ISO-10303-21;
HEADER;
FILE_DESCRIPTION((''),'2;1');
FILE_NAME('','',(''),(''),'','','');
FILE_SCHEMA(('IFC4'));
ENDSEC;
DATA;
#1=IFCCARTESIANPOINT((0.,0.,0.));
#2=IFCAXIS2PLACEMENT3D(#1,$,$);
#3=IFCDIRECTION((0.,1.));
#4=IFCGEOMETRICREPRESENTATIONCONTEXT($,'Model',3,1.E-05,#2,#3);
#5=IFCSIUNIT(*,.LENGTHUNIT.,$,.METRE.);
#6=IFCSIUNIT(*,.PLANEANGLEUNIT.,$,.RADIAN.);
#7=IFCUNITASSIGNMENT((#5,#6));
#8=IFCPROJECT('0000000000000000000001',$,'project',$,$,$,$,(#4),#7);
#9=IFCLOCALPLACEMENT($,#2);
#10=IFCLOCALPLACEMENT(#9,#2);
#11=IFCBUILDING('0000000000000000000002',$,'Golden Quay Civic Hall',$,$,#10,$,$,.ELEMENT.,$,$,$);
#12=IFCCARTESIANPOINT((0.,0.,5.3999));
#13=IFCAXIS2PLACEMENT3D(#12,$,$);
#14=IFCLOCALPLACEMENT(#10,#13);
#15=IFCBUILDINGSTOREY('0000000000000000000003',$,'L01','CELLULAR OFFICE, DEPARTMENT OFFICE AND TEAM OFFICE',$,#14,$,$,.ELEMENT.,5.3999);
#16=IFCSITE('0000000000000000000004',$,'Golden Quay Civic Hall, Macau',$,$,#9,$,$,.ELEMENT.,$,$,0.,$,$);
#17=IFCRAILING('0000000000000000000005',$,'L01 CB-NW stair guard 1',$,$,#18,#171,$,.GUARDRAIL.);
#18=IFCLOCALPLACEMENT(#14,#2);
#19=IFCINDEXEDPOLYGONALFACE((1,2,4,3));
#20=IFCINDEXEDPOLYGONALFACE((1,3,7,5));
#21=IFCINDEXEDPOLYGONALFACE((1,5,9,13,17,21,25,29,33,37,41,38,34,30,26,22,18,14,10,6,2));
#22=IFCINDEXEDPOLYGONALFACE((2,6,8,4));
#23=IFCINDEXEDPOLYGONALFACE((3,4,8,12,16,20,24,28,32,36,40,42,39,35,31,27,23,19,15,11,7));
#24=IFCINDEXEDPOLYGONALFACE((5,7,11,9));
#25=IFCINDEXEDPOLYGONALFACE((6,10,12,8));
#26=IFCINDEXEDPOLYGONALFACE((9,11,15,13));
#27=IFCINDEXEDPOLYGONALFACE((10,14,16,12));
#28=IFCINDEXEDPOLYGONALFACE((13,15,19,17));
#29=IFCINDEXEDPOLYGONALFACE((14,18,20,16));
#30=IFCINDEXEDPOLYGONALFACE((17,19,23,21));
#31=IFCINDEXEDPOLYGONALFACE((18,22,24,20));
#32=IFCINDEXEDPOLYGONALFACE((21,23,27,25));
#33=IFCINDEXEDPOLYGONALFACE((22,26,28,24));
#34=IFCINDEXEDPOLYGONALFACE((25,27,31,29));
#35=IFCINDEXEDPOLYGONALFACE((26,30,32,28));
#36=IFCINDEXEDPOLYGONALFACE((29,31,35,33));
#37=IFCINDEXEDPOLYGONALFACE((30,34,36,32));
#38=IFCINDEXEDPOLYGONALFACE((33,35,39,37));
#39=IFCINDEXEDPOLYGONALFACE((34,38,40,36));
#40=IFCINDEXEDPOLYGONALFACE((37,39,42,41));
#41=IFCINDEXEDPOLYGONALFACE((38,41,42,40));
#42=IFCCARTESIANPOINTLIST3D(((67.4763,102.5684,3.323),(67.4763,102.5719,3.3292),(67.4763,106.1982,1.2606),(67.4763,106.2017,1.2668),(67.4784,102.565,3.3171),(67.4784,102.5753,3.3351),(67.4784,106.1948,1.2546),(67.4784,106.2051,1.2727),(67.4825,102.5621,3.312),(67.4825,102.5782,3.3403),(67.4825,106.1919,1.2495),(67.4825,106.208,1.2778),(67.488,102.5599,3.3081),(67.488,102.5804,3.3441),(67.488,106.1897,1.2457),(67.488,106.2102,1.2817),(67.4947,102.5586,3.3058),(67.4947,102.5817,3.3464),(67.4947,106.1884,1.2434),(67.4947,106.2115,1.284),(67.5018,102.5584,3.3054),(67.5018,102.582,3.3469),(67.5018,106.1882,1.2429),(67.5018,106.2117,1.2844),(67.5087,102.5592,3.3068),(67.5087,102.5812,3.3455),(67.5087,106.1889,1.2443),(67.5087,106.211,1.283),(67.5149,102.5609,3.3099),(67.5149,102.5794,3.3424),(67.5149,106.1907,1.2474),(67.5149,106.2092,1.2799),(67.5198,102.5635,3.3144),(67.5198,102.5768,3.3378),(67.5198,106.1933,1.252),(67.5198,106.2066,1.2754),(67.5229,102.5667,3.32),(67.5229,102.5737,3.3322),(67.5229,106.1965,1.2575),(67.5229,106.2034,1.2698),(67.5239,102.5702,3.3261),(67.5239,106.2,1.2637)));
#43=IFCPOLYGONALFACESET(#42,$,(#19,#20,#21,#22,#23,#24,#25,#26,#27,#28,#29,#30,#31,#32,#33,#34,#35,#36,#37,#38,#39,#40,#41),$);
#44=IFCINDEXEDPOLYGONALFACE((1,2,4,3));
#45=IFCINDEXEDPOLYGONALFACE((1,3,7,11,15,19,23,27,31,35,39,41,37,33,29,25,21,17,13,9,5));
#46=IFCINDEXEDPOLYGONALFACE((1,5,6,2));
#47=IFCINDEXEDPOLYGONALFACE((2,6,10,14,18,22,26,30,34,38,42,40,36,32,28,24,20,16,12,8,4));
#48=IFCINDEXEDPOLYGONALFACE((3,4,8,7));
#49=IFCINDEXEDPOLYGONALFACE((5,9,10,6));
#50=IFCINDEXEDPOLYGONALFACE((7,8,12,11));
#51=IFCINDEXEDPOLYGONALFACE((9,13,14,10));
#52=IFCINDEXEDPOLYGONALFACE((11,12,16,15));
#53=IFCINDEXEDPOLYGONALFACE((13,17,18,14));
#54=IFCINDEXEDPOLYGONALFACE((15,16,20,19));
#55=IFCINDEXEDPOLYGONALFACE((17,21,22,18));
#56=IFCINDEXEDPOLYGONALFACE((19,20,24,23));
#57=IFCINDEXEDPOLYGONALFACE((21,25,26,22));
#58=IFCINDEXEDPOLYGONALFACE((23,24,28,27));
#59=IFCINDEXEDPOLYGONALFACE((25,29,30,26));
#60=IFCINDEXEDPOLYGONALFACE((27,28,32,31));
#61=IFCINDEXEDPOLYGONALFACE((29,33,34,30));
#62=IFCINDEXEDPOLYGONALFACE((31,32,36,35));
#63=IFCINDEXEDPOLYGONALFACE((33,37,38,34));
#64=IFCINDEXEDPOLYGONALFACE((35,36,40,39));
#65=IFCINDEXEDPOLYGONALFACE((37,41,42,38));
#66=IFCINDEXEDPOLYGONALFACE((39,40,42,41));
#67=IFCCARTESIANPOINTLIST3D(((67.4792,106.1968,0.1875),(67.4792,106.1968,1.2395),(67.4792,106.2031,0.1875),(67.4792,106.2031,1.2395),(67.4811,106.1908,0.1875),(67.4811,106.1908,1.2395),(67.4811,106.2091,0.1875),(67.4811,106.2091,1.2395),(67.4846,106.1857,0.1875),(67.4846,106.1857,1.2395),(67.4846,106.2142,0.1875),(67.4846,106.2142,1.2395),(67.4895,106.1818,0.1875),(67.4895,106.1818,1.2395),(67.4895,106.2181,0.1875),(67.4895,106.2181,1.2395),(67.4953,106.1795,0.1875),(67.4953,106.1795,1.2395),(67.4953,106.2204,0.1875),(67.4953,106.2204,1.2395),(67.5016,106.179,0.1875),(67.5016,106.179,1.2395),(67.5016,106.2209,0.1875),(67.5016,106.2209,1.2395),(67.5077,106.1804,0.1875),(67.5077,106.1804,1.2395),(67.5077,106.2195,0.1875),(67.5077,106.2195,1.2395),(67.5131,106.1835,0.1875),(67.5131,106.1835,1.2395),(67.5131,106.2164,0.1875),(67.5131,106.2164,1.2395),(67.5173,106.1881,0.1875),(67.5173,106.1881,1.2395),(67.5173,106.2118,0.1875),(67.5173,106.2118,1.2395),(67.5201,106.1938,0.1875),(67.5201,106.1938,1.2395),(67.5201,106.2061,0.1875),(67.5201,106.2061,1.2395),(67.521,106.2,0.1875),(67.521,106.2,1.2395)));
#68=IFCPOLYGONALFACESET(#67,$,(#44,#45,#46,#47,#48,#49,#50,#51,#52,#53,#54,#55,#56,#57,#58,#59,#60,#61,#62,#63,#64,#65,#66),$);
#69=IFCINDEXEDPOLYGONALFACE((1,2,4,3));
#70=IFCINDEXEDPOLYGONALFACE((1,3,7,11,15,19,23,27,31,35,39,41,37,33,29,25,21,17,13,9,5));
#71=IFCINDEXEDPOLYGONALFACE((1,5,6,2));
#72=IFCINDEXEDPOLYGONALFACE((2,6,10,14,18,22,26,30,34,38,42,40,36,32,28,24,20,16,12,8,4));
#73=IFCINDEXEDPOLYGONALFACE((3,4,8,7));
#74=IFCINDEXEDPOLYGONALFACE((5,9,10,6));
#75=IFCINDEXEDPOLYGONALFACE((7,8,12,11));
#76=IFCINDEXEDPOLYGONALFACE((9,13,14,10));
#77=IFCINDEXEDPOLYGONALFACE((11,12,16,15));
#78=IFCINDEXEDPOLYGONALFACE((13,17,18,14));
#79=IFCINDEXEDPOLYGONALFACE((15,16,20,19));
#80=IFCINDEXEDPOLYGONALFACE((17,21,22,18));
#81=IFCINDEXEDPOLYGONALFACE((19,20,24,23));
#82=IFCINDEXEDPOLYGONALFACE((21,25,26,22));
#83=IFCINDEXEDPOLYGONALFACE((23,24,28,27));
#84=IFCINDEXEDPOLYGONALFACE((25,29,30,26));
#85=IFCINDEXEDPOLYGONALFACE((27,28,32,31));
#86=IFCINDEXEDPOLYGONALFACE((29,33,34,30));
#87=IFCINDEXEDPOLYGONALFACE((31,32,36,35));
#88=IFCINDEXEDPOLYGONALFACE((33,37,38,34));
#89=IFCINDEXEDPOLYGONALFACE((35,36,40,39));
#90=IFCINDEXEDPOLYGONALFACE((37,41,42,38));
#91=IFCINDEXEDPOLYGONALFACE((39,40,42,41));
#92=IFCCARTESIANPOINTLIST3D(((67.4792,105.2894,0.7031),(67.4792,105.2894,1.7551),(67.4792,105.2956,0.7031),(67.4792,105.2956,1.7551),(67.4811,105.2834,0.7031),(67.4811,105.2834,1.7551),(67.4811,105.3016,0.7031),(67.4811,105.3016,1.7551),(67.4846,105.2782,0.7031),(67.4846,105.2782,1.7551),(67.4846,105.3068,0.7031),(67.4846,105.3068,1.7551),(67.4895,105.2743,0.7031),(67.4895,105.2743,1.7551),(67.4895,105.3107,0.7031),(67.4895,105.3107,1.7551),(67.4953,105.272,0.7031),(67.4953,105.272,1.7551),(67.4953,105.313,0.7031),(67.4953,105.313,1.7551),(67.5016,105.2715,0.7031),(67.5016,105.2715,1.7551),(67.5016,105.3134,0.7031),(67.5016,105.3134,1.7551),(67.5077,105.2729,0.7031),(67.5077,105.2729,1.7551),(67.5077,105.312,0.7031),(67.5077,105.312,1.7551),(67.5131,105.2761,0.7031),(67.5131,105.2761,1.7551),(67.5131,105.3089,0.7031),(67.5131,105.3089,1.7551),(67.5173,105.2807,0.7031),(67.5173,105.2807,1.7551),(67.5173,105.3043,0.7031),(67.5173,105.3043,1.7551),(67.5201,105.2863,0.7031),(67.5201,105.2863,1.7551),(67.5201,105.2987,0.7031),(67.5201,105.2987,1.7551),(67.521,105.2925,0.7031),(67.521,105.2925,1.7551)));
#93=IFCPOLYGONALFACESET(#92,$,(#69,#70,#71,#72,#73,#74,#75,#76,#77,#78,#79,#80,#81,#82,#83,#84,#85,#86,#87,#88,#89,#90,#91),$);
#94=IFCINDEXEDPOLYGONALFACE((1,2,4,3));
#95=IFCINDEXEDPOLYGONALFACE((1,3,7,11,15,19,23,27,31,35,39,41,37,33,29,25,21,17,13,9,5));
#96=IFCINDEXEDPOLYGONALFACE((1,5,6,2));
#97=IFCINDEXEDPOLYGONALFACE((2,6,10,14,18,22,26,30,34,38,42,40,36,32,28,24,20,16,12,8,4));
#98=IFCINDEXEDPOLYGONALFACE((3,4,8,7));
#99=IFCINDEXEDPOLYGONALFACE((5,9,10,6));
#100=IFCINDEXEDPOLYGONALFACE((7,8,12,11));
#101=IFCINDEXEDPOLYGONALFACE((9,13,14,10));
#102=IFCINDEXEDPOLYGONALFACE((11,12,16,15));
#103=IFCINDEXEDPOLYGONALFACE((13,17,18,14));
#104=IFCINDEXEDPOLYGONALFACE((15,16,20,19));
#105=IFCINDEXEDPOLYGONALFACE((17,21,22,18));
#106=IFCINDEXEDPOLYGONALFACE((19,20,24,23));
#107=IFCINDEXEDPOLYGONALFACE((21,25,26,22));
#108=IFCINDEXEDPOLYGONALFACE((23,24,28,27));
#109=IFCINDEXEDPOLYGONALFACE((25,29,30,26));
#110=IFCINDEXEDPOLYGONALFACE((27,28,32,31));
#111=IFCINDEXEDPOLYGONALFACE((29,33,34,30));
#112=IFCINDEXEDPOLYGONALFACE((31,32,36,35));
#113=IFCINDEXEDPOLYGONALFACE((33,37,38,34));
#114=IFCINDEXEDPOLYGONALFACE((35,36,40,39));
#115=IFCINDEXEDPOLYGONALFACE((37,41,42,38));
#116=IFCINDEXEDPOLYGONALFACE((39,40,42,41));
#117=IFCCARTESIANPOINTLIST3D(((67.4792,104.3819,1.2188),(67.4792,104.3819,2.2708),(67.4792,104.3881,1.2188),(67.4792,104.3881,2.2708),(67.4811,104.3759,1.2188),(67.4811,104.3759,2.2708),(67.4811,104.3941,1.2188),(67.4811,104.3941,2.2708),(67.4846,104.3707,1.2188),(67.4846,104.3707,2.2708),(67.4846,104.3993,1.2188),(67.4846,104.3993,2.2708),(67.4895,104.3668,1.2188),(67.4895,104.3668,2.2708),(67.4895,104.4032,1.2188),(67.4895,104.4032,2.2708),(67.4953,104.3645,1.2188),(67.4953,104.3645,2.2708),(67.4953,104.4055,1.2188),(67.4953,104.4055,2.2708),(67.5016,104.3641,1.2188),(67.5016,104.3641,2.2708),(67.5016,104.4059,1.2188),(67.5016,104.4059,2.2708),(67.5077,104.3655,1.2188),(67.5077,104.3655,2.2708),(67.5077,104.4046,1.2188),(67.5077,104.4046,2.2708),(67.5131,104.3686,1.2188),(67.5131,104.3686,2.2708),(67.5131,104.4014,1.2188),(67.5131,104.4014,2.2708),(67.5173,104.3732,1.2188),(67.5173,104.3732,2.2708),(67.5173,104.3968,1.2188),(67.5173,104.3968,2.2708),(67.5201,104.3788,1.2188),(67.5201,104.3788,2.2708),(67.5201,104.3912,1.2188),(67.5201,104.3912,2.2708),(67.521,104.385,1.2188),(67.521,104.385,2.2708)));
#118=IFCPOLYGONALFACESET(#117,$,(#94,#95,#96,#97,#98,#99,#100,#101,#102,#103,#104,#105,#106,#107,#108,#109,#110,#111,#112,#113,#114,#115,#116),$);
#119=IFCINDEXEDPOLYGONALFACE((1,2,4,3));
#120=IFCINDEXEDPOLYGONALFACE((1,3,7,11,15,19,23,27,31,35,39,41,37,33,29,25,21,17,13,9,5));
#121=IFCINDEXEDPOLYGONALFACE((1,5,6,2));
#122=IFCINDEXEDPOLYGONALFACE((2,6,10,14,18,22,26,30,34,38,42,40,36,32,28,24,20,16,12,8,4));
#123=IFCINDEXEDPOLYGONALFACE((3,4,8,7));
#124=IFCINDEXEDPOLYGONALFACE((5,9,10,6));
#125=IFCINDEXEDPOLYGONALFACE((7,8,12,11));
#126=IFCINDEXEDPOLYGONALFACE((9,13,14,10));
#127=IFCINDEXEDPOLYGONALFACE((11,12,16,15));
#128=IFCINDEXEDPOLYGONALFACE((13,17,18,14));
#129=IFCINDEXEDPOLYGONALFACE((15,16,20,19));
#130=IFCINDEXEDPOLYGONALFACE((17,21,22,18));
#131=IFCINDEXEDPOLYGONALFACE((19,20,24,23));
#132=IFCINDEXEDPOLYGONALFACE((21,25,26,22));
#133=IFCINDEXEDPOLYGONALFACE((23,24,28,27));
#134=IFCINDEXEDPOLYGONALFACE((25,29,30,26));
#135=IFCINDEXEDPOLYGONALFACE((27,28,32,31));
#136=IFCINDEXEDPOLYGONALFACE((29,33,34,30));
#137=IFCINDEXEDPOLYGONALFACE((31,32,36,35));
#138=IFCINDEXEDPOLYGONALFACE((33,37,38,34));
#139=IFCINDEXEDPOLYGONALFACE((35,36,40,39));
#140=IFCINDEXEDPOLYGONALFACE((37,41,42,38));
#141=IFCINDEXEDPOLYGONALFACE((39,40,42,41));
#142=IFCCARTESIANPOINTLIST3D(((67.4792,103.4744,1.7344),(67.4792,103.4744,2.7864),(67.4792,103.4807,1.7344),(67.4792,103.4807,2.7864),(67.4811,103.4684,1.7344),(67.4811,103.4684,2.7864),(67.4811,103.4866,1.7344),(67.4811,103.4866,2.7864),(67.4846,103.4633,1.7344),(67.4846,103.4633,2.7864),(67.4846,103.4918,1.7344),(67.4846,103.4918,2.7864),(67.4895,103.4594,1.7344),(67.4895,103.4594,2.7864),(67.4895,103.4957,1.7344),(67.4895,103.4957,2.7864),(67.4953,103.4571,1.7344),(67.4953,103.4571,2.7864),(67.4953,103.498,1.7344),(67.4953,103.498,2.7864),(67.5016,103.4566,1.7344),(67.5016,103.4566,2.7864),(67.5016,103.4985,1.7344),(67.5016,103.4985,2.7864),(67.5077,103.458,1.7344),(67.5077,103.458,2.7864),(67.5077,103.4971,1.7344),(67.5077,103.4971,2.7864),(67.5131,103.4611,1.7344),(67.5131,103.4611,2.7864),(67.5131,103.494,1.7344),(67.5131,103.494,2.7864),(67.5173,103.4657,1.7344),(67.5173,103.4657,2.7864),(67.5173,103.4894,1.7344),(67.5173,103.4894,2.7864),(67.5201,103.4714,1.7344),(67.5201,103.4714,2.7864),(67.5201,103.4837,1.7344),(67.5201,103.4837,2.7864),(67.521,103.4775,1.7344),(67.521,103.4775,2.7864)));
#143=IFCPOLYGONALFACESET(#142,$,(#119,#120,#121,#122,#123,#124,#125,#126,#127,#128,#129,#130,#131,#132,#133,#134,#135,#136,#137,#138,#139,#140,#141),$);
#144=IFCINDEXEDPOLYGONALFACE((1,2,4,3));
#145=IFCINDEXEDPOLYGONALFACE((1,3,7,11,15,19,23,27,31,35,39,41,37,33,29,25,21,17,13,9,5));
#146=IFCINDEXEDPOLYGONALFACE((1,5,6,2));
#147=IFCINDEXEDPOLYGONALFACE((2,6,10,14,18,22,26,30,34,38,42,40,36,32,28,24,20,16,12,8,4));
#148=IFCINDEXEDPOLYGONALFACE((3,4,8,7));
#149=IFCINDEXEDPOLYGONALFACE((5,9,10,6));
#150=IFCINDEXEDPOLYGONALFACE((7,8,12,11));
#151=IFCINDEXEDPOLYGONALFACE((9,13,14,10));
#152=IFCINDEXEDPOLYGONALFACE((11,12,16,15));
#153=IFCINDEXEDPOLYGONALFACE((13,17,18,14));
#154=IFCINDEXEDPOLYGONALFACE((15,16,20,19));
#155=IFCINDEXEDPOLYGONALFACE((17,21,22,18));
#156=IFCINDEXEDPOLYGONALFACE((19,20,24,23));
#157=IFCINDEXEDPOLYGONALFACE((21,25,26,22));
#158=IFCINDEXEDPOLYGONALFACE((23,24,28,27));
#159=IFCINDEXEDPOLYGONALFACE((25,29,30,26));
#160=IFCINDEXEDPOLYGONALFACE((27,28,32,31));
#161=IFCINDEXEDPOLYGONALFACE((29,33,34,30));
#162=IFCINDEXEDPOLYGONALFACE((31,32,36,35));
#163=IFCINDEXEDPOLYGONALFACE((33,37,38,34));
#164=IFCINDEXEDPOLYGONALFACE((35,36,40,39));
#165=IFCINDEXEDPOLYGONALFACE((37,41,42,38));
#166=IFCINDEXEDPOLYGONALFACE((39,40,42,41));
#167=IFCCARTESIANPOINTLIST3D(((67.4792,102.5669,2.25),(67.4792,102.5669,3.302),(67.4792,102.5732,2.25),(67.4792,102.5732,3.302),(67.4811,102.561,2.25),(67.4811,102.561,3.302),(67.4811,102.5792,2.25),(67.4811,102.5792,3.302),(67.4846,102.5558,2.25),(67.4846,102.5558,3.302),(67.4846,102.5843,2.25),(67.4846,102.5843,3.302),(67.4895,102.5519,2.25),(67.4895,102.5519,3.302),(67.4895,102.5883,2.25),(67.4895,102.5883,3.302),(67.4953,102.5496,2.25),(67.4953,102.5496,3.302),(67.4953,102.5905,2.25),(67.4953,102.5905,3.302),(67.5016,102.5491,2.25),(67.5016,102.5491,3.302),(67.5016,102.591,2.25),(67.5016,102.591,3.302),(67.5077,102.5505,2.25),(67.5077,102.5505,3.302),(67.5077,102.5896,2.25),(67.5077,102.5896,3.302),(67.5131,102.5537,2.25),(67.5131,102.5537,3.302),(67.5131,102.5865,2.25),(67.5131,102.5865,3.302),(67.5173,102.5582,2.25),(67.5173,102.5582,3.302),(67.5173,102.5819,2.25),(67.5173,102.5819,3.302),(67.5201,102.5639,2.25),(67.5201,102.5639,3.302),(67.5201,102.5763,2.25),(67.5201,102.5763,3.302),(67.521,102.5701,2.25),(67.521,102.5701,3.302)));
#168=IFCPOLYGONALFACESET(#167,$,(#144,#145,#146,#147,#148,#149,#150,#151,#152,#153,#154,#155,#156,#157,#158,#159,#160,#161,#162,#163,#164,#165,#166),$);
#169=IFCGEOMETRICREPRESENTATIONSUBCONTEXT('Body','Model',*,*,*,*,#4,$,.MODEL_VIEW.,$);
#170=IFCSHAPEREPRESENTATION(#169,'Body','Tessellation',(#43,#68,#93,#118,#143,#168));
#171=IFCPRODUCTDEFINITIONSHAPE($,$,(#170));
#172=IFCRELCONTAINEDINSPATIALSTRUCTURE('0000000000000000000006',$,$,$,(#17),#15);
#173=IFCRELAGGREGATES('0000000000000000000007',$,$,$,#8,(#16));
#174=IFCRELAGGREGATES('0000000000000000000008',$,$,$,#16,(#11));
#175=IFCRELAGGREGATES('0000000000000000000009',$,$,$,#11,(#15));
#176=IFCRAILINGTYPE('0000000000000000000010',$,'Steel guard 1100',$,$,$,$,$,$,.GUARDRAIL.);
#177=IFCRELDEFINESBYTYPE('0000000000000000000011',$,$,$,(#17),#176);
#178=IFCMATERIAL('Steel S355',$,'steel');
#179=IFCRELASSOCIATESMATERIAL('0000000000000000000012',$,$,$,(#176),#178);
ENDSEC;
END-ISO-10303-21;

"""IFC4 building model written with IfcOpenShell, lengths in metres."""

from ifc_helpers import new_model, si_unit, direction, frame, origin, origin_2d, place, context, subcontext, project, spatial, circle, extrude, material, type_object, element, save


model = new_model("IFC4")

# Units and contexts
model_context = context("Model", 3, precision=1e-05, world=origin(), true_north=direction((0.0, 1.0)))
body_context = subcontext(model_context, "Body", "Model", "MODEL_VIEW")
ifc_project = project(units=[si_unit("LENGTHUNIT", "METRE"), si_unit("PLANEANGLEUNIT", "RADIAN")], contexts=[model_context])

# Site, building, storey
site_placement = place(None, origin())
site = spatial("IfcSite", under=ifc_project, at=site_placement, Name="Golden Quay Civic Hall, Macau", CompositionType="ELEMENT", RefElevation=0.0)
building_placement = place(site_placement, origin())
building = spatial("IfcBuilding", under=site, at=building_placement, Name="Golden Quay Civic Hall", CompositionType="ELEMENT")
storey_placement = place(building_placement, frame((0.0, 0.0, 5.3999)))
storey = spatial("IfcBuildingStorey", under=building, at=storey_placement, Name="L01", Description="CELLULAR OFFICE, DEPARTMENT OFFICE AND TEAM OFFICE", CompositionType="ELEMENT", Elevation=5.3999)

# Railing
ifc_material_1 = material(Name="Steel S355", Category="steel")
railing_type = type_object("IfcRailingType", Name="Steel guard 1100", PredefinedType="GUARDRAIL", material=ifc_material_1)
railing_1_placement = place(storey_placement, frame((67.5, 106.2, 0.1875)))
element("IfcRailing", 1, at=railing_1_placement, inside=storey, type_object=railing_type, Name="L01 CB-NW stair guard 1", PredefinedType="GUARDRAIL", context=body_context, shape_type="SweptSolid", body=[
    extrude(circle(Radius=0.0239, at=origin_2d()), frame((0.0, 0.0, 1.0762), z_axis=(0.0, -0.86945, 0.494021), x_axis=(1.0, 0.0, 0.0)), (0.0, 0.0, 1.0), 4.1748),
    extrude(circle(Radius=0.021, at=origin_2d()), origin(), (0.0, 0.0, 1.0), 1.052),
    extrude(circle(Radius=0.021, at=origin_2d()), frame((0.0, -0.9075, 0.5156)), (0.0, 0.0, 1.0), 1.052),
    extrude(circle(Radius=0.021, at=origin_2d()), frame((0.0, -1.8149, 1.0312)), (0.0, 0.0, 1.0), 1.052),
    extrude(circle(Radius=0.021, at=origin_2d()), frame((0.0, -2.7224, 1.5469)), (0.0, 0.0, 1.0), 1.052),
    extrude(circle(Radius=0.021, at=origin_2d()), frame((0.0, -3.6299, 2.0625)), (0.0, 0.0, 1.0), 1.052),
])

save(model, "model.ifc")
